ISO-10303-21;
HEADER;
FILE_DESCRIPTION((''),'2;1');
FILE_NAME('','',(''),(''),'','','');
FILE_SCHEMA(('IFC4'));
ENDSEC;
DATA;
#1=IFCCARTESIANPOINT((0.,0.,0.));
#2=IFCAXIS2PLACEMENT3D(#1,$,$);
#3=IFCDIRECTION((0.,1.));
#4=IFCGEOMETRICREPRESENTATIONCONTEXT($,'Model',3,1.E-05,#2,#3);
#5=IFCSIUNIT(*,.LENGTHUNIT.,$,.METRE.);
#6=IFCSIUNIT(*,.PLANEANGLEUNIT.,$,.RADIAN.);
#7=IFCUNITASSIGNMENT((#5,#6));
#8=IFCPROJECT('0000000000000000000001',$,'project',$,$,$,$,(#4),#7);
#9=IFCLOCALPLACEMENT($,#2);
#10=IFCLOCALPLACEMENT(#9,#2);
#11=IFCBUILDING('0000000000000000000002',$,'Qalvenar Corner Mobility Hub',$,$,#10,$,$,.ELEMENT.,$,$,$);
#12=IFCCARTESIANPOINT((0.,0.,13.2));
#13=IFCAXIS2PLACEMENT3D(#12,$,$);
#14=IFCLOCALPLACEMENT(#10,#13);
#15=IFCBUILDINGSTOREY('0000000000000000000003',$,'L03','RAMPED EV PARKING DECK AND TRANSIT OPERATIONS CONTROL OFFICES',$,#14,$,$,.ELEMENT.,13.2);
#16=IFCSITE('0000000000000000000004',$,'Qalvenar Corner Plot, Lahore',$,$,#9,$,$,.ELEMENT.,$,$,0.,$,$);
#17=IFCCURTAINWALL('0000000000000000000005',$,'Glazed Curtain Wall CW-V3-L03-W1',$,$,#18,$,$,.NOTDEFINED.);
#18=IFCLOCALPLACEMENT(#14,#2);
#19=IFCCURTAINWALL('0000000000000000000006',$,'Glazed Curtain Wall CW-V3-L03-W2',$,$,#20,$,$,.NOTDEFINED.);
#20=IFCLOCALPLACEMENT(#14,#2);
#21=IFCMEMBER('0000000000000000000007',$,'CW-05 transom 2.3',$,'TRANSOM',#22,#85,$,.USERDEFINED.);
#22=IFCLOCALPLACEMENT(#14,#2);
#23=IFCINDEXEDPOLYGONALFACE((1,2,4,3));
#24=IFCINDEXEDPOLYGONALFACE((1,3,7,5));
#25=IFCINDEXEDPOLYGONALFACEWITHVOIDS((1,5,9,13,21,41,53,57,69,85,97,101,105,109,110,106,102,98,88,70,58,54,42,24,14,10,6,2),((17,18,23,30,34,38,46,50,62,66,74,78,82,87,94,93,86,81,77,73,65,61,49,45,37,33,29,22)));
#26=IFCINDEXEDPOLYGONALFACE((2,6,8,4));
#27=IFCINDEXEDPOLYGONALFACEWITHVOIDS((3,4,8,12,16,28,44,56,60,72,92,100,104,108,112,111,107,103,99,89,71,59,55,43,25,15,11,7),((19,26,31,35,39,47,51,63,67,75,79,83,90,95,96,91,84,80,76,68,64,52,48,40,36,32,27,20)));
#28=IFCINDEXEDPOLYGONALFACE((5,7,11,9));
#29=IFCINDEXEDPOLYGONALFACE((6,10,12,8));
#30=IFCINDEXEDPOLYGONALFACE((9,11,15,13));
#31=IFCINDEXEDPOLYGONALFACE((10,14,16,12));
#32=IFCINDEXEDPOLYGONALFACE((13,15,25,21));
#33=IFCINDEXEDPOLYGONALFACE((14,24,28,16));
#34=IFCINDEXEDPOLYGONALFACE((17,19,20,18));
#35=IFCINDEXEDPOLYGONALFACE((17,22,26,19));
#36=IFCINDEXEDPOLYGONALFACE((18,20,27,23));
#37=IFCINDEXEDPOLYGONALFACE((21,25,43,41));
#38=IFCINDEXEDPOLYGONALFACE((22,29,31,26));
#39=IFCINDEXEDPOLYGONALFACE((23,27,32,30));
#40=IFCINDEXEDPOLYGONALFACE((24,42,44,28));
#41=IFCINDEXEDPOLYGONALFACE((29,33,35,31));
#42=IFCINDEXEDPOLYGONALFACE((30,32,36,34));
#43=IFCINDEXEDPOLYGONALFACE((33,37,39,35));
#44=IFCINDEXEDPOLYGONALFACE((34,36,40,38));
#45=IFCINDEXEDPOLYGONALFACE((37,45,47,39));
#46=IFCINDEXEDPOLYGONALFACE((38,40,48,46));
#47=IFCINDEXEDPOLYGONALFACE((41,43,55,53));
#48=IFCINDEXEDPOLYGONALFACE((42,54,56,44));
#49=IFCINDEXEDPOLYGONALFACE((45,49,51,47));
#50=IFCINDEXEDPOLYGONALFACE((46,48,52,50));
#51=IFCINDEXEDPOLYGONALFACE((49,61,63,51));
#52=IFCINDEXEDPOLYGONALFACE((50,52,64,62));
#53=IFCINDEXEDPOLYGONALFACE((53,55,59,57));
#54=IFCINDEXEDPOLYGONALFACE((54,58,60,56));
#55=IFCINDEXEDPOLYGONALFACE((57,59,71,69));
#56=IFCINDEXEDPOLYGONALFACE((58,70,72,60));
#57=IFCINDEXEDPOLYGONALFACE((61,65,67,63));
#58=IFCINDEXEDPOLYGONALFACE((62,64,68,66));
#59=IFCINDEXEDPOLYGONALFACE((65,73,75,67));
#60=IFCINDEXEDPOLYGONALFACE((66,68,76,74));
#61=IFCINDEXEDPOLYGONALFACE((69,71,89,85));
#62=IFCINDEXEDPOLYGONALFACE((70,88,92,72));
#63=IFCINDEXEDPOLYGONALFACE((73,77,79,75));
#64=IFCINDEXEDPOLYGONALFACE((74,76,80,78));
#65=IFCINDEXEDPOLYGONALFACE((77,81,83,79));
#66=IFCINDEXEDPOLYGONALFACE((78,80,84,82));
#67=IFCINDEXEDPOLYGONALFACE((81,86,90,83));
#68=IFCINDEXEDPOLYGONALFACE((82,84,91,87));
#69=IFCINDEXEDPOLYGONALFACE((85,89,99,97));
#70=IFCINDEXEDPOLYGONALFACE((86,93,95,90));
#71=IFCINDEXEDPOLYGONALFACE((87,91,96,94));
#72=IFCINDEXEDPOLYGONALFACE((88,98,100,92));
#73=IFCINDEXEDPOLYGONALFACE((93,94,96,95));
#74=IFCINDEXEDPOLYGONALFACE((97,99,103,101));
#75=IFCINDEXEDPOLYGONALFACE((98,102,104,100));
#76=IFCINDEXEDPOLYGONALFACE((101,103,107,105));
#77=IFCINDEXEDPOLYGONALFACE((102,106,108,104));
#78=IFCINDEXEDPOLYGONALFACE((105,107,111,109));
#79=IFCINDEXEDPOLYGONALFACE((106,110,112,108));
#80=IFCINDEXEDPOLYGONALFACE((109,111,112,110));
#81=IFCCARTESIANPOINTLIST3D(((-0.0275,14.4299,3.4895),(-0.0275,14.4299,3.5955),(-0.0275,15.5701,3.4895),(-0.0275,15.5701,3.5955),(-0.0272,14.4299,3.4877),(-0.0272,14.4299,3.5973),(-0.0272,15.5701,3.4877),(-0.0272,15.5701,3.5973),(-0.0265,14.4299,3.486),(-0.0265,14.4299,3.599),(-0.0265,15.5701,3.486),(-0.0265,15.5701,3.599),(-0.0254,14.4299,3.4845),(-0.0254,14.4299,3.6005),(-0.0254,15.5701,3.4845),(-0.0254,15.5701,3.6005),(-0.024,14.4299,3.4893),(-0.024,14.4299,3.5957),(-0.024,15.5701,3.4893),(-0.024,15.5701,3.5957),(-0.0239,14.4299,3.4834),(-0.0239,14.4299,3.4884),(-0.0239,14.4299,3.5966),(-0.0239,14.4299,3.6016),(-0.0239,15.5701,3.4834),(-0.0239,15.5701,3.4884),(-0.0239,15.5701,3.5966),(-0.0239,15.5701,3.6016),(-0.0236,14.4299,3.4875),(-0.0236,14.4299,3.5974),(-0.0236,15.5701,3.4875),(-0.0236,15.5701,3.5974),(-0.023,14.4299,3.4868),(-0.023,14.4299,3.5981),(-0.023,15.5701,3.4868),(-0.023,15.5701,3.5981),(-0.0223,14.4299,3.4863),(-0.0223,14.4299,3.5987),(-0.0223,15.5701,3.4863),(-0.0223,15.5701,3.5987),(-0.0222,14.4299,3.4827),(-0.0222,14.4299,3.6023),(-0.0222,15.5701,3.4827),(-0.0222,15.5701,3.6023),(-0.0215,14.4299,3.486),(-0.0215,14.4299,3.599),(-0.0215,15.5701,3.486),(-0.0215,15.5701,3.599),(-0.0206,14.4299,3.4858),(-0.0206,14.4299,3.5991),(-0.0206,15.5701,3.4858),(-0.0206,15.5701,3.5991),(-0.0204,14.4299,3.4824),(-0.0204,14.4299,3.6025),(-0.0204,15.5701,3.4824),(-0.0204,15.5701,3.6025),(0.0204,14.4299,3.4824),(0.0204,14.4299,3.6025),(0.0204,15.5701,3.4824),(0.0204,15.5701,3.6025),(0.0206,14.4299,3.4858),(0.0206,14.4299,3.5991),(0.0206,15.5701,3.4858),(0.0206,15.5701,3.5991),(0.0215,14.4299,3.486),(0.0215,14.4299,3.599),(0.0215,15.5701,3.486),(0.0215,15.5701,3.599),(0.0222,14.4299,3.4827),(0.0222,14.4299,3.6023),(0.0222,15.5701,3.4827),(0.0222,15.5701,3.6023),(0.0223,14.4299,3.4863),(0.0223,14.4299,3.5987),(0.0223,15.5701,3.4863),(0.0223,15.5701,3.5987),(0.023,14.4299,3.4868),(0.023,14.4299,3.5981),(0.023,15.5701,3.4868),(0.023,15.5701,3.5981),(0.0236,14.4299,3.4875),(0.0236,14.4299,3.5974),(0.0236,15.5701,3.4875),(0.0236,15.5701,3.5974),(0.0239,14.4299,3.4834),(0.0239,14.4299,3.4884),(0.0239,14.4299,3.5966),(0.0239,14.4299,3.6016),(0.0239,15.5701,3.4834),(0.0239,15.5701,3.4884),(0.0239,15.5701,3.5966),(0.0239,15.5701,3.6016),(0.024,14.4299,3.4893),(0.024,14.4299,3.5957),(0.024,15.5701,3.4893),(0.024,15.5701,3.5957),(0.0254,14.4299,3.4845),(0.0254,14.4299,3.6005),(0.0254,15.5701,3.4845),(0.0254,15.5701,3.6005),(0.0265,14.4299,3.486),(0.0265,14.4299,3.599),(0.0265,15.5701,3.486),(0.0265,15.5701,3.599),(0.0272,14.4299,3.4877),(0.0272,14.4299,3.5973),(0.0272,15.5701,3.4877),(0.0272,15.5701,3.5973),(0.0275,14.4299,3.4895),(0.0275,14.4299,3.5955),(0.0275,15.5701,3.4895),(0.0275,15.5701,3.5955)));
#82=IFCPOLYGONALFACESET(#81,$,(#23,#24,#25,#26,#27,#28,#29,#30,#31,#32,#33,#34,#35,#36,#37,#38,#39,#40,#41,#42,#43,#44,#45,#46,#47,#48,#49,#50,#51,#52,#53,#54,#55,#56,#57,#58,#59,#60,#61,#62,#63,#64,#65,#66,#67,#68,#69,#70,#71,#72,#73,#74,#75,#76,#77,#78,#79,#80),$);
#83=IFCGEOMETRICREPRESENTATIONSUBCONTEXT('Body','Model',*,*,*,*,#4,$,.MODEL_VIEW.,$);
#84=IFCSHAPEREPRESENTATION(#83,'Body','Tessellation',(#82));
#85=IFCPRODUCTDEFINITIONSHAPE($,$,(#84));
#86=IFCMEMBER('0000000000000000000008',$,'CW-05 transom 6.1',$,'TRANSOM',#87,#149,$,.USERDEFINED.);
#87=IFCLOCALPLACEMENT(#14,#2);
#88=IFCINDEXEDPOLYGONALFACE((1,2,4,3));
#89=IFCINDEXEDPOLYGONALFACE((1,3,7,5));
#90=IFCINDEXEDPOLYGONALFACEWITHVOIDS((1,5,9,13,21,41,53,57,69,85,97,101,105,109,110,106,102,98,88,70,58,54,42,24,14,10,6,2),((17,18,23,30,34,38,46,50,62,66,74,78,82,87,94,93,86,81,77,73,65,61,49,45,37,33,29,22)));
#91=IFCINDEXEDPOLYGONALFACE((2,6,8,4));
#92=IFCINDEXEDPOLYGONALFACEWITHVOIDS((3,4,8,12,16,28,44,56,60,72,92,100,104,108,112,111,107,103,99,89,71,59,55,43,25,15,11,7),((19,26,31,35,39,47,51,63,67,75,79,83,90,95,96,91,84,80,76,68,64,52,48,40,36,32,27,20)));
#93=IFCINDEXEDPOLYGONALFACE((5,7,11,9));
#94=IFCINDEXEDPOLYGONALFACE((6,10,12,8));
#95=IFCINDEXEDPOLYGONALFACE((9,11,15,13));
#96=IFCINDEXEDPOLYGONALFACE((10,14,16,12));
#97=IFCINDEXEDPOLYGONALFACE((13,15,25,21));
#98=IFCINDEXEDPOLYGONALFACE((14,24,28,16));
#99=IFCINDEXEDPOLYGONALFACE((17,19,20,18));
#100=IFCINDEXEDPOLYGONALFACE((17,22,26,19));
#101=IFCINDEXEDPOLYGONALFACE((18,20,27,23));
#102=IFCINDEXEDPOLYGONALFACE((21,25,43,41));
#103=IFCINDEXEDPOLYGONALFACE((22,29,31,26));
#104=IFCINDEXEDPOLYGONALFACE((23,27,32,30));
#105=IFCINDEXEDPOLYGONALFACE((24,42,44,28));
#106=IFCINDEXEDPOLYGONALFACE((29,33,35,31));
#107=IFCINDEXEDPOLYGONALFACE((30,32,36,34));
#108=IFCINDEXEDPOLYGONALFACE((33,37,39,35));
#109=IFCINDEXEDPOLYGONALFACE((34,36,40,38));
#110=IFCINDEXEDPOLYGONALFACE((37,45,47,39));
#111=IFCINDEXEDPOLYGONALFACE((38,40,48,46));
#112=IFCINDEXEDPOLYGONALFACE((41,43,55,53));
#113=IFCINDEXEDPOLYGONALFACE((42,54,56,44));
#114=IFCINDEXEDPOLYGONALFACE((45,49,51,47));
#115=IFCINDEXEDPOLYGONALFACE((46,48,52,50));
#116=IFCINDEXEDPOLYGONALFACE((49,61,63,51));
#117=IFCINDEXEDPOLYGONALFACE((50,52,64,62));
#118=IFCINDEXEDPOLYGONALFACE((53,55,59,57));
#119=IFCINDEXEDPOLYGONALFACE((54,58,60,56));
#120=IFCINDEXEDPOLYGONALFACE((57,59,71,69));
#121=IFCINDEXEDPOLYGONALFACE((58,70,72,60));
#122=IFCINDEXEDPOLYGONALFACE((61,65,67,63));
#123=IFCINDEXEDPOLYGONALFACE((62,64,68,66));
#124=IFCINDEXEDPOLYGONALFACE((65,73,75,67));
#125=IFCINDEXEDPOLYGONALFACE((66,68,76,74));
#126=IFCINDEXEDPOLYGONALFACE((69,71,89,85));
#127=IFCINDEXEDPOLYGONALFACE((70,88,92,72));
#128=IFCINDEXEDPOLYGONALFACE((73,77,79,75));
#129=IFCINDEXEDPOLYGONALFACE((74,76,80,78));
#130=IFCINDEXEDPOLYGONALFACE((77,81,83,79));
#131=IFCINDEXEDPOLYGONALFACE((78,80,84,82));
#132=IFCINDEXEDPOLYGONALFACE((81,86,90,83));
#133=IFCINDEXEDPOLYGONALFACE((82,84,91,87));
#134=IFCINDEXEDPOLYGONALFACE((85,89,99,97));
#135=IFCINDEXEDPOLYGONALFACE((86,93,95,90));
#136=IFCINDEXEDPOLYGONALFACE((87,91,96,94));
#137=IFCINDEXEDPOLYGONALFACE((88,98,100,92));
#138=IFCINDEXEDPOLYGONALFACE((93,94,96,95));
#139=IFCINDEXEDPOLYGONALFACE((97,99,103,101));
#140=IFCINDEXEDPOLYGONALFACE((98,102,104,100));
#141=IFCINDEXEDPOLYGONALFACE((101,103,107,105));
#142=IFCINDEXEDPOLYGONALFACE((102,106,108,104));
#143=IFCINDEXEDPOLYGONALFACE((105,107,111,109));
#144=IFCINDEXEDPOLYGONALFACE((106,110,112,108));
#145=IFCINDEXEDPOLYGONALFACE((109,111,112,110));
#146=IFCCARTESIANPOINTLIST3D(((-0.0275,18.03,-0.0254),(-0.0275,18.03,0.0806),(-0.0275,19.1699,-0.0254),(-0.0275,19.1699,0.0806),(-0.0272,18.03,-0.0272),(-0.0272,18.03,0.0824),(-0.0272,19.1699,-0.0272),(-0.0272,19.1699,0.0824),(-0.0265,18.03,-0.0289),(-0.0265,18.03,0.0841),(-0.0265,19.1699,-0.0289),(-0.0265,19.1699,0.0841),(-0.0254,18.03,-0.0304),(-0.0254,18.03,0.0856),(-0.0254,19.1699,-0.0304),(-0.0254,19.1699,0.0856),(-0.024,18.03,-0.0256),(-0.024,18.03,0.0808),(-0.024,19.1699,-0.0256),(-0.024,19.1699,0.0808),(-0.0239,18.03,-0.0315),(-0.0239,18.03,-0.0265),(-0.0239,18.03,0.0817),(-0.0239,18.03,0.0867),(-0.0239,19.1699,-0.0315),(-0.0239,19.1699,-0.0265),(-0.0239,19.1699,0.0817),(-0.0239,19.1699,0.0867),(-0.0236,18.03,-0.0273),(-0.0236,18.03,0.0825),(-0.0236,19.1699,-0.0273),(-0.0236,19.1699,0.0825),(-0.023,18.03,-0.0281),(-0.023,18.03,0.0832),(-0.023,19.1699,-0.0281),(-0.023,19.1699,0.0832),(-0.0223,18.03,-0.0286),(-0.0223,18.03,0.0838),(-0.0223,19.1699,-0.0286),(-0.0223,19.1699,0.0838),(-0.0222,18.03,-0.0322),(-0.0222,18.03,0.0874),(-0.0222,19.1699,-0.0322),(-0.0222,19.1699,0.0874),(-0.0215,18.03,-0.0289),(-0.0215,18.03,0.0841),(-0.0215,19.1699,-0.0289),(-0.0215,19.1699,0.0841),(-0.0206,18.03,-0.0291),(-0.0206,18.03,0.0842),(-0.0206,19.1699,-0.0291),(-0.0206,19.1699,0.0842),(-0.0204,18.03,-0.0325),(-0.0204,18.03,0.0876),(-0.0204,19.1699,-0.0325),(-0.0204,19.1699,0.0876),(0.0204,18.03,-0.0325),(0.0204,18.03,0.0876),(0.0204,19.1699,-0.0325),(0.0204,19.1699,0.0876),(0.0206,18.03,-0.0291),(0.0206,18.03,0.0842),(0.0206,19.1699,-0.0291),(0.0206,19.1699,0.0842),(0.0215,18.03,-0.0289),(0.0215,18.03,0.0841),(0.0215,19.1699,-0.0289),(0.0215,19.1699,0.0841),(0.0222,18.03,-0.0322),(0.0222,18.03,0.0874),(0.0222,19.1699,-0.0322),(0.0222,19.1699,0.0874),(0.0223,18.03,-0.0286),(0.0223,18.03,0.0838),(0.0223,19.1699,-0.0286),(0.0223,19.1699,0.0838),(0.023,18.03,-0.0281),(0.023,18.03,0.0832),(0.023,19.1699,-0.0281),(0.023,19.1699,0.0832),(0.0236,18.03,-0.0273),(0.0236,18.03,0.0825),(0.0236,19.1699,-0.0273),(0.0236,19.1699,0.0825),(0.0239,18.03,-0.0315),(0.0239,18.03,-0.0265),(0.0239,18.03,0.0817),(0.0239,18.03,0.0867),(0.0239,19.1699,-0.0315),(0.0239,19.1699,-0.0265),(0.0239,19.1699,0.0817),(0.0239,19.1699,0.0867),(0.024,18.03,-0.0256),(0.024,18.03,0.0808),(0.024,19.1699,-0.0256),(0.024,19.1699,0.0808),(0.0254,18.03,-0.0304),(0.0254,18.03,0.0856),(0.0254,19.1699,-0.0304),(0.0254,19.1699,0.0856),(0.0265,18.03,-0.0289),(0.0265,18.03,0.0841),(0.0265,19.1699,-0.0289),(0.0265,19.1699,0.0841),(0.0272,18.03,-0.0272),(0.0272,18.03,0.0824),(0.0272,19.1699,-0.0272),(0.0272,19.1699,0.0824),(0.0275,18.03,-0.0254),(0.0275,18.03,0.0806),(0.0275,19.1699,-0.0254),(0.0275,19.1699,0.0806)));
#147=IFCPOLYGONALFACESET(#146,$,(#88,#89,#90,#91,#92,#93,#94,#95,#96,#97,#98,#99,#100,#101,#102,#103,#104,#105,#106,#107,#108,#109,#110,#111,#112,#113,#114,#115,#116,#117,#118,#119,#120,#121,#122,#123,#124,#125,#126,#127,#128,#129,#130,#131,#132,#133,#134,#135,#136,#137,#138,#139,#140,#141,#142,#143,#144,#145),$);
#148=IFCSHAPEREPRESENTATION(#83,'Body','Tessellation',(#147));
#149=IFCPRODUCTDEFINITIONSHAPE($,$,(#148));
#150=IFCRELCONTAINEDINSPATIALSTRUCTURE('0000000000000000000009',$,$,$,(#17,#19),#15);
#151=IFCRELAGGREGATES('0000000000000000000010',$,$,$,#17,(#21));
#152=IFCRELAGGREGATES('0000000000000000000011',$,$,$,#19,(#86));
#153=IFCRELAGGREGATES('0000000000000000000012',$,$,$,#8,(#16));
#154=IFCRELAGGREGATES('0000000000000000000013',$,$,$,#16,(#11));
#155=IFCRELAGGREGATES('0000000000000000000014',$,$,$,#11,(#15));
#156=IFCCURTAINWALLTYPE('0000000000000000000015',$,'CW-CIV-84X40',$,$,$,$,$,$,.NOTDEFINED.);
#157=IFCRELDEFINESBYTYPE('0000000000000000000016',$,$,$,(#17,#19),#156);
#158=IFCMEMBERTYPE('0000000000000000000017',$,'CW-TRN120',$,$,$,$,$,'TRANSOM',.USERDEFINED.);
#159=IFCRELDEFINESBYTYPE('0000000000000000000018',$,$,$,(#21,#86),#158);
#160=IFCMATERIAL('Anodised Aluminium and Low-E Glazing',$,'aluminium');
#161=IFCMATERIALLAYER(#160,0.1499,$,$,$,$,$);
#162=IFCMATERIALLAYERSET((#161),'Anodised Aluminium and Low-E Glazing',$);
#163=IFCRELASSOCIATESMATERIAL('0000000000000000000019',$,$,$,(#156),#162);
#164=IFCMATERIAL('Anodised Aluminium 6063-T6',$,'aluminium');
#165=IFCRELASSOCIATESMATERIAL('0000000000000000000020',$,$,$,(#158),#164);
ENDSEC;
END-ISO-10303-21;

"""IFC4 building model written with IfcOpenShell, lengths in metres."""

from ifc_helpers import new_model, si_unit, direction, frame, origin, origin_2d, place, context, subcontext, project, spatial, hollow_rectangle, extrude, material, layer, layer_set, material_profile, profile_set, type_object, element, aggregate, save


model = new_model("IFC4")

# Units and contexts
model_context = context("Model", 3, precision=1e-05, world=origin(), true_north=direction((0.0, 1.0)))
body_context = subcontext(model_context, "Body", "Model", "MODEL_VIEW")
ifc_project = project(units=[si_unit("LENGTHUNIT", "METRE"), si_unit("PLANEANGLEUNIT", "RADIAN")], contexts=[model_context])

# Site, building, storey
site_placement = place(None, origin())
site = spatial("IfcSite", under=ifc_project, at=site_placement, Name="Qalvenar Corner Plot, Lahore", CompositionType="ELEMENT", RefElevation=0.0)
building_placement = place(site_placement, origin())
building = spatial("IfcBuilding", under=site, at=building_placement, Name="Qalvenar Corner Mobility Hub", CompositionType="ELEMENT")
storey_placement = place(building_placement, frame((0.0, 0.0, 13.2)))
storey = spatial("IfcBuildingStorey", under=building, at=storey_placement, Name="L03", Description="RAMPED EV PARKING DECK AND TRANSIT OPERATIONS CONTROL OFFICES", CompositionType="ELEMENT", Elevation=13.2)

# Curtain walls
ifc_material_1 = material(Name="Anodised Aluminium and Low-E Glazing", Category="aluminium")
ifc_layer_1 = layer(ifc_material_1, 0.1499)
ifc_layer_set_1 = layer_set([ifc_layer_1], Name="Anodised Aluminium and Low-E Glazing")
curtain_wall_type = type_object("IfcCurtainWallType", Name="CW-CIV-84X40", PredefinedType="NOTDEFINED", material=ifc_layer_set_1)
curtain_wall_1_placement = place(storey_placement, origin())
curtain_wall_1 = element("IfcCurtainWall", 1, at=curtain_wall_1_placement, inside=storey, type_object=curtain_wall_type, Name="Glazed Curtain Wall CW-V3-L03-W1", PredefinedType="NOTDEFINED")
ifc_material_2 = material(Name="Anodised Aluminium 6063-T6", Category="aluminium")
curtain_wall_2_placement = place(storey_placement, origin())
curtain_wall_2 = element("IfcCurtainWall", 2, at=curtain_wall_2_placement, inside=storey, type_object=curtain_wall_type, Name="Glazed Curtain Wall CW-V3-L03-W2", PredefinedType="NOTDEFINED")

# Members
ifc_material_profile_1 = material_profile(ifc_material_2, hollow_rectangle(XDim=0.0549, YDim=0.1201, WallThickness=0.0034, InnerFilletRadius=0.0034, OuterFilletRadius=0.0071, at=origin_2d()), Name="RHS120x55x3.5")
ifc_profile_set_1 = profile_set([ifc_material_profile_1], Name="Anodised Aluminium 6063-T6")
member_type_1 = type_object("IfcMemberType", Name="CW-TRN120", ElementType="TRANSOM", PredefinedType="USERDEFINED", material=ifc_profile_set_1)
member_1_placement = place(storey_placement, frame((0.0, 15.5701, 3.5425), z_axis=(0.0, -1.0, 0.0), x_axis=(1.0, 0.0, 0.0)))
member_1 = element("IfcMember", 3, at=member_1_placement, type_object=member_type_1, Name="CW-05 transom 2.3", ObjectType="TRANSOM", PredefinedType="USERDEFINED", context=body_context, shape_type="SweptSolid", body=[
    extrude(hollow_rectangle(XDim=0.0549, YDim=0.1201, WallThickness=0.0034, InnerFilletRadius=0.0034, OuterFilletRadius=0.0071, at=origin_2d()), origin(), (0.0, 0.0, 1.0), 1.1401),
])
member_2_placement = place(storey_placement, frame((0.0, 19.1699, 0.0276), z_axis=(0.0, -1.0, 0.0), x_axis=(1.0, 0.0, 0.0)))
member_2 = element("IfcMember", 4, at=member_2_placement, type_object=member_type_1, Name="CW-05 transom 6.1", ObjectType="TRANSOM", PredefinedType="USERDEFINED", context=body_context, shape_type="SweptSolid", body=[
    extrude(hollow_rectangle(XDim=0.0549, YDim=0.1201, WallThickness=0.0034, InnerFilletRadius=0.0034, OuterFilletRadius=0.0071, at=origin_2d()), origin(), (0.0, 0.0, 1.0), 1.1399),
])

aggregate(curtain_wall_1, [member_1])
aggregate(curtain_wall_2, [member_2])

save(model, "model.ifc")
